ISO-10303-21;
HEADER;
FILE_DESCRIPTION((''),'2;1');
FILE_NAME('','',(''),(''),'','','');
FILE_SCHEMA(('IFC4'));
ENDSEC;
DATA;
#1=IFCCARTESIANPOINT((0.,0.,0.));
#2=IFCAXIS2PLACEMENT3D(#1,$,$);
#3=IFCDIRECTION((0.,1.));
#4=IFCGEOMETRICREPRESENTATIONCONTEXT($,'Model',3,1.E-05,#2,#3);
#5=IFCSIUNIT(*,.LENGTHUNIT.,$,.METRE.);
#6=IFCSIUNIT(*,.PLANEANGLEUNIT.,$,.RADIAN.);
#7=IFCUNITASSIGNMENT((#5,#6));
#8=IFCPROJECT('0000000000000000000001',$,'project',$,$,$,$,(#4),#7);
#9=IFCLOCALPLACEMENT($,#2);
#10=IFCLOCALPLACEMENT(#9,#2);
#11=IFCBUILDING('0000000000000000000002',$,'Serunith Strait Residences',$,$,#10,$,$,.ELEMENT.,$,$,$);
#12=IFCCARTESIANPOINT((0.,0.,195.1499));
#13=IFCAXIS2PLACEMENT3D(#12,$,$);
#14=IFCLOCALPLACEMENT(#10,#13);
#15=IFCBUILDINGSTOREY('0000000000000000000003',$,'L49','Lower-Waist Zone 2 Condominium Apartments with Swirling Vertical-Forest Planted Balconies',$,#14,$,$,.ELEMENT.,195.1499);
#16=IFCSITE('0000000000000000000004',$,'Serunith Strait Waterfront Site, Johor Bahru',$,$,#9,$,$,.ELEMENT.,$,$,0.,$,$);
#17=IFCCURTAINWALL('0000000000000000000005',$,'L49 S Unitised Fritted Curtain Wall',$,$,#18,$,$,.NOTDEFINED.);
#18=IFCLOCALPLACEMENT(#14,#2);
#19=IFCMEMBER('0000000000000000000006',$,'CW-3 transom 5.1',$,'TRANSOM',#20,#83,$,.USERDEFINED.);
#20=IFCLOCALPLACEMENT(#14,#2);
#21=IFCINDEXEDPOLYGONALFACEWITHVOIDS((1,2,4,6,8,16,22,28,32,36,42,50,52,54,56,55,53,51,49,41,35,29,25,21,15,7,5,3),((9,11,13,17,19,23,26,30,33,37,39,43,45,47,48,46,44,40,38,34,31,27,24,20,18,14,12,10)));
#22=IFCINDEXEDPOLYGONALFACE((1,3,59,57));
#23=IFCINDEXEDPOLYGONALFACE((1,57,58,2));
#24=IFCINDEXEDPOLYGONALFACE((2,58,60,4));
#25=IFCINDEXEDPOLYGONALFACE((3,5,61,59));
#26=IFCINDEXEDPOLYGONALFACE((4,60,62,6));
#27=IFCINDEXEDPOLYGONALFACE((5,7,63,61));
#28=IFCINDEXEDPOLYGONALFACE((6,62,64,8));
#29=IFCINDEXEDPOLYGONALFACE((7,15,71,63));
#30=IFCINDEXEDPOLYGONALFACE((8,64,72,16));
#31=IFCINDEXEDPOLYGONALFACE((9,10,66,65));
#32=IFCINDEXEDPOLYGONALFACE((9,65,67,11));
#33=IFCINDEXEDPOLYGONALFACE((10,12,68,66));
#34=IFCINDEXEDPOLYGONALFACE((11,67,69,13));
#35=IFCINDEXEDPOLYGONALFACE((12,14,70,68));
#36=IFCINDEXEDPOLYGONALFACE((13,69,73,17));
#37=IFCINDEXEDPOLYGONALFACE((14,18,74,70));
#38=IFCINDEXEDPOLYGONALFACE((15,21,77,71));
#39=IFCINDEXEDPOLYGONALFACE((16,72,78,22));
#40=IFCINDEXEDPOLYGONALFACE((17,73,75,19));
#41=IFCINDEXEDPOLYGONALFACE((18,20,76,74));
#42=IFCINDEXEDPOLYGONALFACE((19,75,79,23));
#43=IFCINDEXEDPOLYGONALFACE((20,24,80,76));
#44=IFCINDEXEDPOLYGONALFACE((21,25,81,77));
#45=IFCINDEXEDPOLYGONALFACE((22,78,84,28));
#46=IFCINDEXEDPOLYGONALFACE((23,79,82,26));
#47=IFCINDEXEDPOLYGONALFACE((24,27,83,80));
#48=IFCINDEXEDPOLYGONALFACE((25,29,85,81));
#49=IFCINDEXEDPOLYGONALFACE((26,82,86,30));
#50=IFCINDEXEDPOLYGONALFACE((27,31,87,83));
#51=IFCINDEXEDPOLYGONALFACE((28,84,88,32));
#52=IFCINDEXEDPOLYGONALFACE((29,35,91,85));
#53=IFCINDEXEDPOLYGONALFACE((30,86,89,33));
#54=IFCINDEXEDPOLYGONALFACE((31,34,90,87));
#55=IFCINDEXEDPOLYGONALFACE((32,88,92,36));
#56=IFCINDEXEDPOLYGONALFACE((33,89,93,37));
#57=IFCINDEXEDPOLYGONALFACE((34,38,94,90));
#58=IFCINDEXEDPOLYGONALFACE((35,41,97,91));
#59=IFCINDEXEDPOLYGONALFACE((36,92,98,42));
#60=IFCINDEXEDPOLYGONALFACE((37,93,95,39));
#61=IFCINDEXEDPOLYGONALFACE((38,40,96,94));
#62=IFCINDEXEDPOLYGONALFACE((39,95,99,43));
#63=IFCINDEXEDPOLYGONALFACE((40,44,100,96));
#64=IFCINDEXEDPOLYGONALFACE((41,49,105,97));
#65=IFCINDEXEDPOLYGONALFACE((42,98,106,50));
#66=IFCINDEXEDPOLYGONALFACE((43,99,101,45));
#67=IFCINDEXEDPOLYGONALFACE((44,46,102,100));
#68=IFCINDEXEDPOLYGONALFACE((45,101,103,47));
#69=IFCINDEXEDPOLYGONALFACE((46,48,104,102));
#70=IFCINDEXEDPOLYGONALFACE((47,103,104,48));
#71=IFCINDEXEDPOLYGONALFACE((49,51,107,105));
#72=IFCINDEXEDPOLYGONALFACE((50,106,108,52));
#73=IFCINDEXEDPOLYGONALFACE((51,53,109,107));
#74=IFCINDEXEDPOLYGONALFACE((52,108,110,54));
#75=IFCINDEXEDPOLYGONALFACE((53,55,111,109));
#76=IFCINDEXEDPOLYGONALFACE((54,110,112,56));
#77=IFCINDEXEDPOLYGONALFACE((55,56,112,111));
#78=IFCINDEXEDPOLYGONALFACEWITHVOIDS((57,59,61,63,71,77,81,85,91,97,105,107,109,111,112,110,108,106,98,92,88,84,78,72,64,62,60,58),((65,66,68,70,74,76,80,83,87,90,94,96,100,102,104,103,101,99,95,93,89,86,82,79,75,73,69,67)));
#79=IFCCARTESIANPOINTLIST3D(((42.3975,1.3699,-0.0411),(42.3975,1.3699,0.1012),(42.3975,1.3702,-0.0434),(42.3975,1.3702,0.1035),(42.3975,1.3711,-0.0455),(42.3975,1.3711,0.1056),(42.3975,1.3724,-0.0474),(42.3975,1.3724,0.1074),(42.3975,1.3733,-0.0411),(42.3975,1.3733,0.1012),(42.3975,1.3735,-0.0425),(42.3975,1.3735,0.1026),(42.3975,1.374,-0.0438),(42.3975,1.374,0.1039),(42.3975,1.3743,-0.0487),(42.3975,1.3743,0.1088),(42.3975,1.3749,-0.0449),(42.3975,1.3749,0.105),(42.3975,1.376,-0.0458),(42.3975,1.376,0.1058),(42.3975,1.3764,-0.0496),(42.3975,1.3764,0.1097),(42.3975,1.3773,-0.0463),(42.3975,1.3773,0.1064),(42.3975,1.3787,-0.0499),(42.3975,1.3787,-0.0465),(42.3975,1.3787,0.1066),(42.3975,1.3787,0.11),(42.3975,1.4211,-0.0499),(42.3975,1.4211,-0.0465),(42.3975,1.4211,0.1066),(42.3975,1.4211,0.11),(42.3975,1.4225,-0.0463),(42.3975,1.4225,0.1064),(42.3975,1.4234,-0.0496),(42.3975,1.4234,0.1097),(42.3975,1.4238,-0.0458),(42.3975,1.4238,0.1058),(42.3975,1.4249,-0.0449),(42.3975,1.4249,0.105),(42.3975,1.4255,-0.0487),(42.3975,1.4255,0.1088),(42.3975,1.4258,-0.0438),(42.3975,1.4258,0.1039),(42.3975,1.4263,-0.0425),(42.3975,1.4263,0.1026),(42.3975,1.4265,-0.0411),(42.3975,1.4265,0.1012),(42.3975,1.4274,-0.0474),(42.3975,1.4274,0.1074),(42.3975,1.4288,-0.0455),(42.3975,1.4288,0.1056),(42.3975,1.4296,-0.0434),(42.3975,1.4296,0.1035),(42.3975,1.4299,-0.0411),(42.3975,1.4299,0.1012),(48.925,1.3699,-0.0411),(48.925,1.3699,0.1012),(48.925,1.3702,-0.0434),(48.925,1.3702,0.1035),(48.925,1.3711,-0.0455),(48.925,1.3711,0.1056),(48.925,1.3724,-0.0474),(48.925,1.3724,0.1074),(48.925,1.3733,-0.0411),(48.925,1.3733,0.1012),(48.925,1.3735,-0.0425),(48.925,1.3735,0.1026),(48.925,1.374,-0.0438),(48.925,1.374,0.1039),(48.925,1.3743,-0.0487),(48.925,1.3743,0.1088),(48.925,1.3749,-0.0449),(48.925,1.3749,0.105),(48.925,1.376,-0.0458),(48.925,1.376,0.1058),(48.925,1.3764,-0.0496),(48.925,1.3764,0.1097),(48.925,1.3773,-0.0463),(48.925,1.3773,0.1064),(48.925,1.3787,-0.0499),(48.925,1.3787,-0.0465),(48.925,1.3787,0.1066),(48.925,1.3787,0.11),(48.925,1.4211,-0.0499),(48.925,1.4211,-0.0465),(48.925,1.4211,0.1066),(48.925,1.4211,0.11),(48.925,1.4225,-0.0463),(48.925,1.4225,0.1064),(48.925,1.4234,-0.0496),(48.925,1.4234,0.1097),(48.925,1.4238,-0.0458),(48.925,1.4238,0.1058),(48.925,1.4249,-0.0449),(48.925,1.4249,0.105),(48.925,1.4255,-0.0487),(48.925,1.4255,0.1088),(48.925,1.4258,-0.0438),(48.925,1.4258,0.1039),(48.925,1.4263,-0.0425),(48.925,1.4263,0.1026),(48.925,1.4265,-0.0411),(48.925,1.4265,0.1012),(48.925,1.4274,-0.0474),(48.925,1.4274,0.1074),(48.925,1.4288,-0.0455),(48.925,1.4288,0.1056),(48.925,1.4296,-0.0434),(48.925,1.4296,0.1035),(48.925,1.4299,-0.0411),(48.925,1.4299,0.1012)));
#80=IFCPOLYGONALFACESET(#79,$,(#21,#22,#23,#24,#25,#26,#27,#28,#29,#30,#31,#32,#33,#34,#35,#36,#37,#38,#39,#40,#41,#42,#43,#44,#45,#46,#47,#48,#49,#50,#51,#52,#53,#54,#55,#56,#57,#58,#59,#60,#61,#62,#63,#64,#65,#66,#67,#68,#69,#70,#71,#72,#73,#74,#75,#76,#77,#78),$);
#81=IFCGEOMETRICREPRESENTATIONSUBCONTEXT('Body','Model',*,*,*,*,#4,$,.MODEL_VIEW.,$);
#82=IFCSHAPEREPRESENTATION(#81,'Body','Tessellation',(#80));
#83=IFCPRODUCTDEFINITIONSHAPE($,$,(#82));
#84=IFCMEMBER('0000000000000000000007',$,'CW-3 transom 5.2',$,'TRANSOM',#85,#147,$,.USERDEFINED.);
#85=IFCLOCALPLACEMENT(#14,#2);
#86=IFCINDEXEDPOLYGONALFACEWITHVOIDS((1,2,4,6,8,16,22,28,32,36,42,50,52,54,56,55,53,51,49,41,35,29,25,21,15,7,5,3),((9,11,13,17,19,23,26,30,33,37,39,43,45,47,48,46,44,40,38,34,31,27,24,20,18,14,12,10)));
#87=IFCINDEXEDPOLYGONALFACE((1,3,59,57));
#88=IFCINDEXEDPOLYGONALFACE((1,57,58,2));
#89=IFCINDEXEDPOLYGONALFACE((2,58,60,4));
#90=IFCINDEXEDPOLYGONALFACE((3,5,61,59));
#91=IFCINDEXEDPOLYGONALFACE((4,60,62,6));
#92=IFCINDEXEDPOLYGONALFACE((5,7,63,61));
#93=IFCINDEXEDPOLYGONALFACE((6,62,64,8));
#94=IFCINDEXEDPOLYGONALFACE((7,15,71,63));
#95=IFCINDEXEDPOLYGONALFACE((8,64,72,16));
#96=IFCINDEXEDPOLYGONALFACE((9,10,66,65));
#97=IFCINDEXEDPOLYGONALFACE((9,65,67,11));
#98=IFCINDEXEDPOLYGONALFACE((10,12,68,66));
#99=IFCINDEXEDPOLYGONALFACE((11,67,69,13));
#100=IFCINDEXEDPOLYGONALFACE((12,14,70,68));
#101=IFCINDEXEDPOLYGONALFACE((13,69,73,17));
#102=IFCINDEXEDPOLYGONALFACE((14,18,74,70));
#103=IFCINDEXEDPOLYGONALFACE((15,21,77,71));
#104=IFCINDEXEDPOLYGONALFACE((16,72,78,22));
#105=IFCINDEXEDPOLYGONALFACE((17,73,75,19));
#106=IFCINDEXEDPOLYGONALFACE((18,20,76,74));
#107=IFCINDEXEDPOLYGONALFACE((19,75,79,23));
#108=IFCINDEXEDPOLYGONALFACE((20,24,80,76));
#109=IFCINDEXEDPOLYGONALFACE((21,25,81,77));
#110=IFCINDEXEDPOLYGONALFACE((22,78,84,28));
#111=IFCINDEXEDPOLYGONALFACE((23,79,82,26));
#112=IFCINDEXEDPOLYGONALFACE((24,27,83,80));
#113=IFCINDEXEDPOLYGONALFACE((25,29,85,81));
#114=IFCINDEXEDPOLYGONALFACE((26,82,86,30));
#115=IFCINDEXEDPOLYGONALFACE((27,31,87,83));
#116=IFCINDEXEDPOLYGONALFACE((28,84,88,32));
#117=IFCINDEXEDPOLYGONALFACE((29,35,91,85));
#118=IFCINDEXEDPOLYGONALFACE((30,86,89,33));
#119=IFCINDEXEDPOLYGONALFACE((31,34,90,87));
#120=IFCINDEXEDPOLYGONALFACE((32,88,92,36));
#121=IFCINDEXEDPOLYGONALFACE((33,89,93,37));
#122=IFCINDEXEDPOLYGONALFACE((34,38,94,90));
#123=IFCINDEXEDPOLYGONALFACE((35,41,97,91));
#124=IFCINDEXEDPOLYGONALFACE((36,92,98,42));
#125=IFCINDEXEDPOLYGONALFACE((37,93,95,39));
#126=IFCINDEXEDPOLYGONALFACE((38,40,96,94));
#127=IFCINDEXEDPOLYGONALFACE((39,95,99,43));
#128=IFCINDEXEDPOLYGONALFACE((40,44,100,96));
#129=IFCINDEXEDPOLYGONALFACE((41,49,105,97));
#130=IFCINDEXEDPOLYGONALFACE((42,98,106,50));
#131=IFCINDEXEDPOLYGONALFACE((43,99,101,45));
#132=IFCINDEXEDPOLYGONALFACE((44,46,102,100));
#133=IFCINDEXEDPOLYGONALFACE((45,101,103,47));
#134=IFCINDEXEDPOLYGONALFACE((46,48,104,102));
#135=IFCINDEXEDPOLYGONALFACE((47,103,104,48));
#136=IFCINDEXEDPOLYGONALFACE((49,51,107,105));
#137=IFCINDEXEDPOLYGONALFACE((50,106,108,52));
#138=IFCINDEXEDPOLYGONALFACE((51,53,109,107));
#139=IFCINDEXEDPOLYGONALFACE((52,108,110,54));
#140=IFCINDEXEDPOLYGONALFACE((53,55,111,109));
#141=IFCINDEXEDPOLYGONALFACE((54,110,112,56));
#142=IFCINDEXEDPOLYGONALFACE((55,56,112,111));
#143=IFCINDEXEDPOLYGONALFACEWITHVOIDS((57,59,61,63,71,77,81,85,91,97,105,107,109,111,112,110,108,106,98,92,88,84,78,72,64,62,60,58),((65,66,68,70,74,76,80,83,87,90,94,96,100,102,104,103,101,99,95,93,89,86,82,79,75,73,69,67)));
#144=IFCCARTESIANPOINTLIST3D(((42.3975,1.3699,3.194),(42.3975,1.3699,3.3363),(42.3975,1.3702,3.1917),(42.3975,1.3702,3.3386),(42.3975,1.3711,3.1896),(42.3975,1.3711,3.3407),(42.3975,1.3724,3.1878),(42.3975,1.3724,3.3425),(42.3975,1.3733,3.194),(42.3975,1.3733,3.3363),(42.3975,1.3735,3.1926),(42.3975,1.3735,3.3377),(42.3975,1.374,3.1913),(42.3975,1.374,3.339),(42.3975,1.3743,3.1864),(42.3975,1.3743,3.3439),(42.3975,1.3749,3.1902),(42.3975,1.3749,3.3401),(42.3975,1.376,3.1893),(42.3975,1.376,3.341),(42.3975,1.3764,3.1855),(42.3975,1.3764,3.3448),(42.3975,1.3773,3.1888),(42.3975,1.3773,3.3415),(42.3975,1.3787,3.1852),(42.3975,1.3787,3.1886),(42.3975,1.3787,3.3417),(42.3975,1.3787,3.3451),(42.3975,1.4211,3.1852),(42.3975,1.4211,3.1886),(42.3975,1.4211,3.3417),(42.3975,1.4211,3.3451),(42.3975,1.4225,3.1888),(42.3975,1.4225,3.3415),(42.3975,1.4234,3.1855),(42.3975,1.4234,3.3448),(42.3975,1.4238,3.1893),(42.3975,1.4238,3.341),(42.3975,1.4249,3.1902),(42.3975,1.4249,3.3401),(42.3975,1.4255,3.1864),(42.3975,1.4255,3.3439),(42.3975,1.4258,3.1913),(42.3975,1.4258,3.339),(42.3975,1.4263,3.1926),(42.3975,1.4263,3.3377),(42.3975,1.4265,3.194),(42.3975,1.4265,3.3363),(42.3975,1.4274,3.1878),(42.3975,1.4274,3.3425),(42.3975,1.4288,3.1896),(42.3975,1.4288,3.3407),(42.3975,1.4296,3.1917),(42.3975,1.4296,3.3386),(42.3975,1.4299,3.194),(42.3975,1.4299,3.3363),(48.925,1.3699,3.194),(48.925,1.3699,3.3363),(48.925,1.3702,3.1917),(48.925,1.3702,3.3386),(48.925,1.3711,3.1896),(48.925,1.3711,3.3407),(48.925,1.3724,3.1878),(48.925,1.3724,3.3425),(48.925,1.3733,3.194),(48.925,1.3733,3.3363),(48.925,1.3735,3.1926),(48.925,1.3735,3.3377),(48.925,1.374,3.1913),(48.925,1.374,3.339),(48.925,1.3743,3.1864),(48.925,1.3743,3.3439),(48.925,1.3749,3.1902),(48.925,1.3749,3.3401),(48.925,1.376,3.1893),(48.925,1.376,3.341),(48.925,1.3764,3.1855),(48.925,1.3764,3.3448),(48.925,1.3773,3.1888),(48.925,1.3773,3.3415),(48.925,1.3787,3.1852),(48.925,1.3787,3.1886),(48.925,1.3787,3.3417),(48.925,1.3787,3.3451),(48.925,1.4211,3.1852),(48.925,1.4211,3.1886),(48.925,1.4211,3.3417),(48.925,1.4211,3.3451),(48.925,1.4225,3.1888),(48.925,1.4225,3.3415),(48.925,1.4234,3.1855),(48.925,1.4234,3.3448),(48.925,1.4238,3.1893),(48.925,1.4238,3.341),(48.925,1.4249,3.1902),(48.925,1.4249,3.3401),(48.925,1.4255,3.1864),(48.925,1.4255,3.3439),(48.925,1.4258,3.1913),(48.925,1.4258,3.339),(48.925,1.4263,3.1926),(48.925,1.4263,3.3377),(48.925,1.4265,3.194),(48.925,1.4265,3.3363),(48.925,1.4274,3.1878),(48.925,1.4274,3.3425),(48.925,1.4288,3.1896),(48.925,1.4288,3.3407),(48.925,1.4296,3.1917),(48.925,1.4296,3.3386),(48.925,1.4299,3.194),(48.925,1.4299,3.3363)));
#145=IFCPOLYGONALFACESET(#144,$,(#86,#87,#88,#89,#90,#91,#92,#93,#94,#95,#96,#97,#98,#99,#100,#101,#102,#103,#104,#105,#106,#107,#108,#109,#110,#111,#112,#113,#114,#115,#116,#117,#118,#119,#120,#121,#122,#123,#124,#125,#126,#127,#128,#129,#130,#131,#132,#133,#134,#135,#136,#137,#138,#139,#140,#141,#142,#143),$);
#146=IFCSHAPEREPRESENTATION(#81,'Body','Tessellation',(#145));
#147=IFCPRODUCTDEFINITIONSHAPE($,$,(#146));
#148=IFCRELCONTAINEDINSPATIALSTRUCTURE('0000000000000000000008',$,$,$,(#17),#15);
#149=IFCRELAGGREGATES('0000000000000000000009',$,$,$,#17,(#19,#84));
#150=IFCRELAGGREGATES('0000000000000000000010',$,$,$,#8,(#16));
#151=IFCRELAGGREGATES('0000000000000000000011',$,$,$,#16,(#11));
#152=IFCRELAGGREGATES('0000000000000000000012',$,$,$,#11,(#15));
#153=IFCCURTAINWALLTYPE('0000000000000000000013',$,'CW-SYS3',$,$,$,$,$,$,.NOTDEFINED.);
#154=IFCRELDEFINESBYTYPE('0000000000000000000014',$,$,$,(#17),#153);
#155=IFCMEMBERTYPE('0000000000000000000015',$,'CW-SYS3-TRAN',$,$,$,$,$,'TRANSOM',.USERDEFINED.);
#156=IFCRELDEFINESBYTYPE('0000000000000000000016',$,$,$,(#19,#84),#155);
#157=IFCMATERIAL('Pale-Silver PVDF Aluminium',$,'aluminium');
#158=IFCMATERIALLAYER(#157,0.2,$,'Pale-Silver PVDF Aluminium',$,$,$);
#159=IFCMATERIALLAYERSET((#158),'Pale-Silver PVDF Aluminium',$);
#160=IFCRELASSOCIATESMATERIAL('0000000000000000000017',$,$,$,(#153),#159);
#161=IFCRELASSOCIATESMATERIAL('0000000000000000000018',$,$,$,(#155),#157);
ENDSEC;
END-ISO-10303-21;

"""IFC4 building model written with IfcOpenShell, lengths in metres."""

from ifc_helpers import new_model, si_unit, direction, frame, origin, origin_2d, place, context, subcontext, project, spatial, hollow_rectangle, extrude, source, transform, mapped, material, layer, layer_set, material_profile, profile_set, type_object, element, aggregate, save


model = new_model("IFC4")

# Units and contexts
model_context = context("Model", 3, precision=1e-05, world=origin(), true_north=direction((0.0, 1.0)))
body_context = subcontext(model_context, "Body", "Model", "MODEL_VIEW")
ifc_project = project(units=[si_unit("LENGTHUNIT", "METRE"), si_unit("PLANEANGLEUNIT", "RADIAN")], contexts=[model_context])

# Site, building, storey
site_placement = place(None, origin())
site = spatial("IfcSite", under=ifc_project, at=site_placement, Name="Serunith Strait Waterfront Site, Johor Bahru", CompositionType="ELEMENT", RefElevation=0.0)
building_placement = place(site_placement, origin())
building = spatial("IfcBuilding", under=site, at=building_placement, Name="Serunith Strait Residences", CompositionType="ELEMENT")
storey_placement = place(building_placement, frame((0.0, 0.0, 195.1499)))
storey = spatial("IfcBuildingStorey", under=building, at=storey_placement, Name="L49", Description="Lower-Waist Zone 2 Condominium Apartments with Swirling Vertical-Forest Planted Balconies", CompositionType="ELEMENT", Elevation=195.1499)

# Curtain wall, members
ifc_material_1 = material(Name="Pale-Silver PVDF Aluminium", Category="aluminium")
ifc_layer_1 = layer(ifc_material_1, 0.2, Name="Pale-Silver PVDF Aluminium")
ifc_layer_set_1 = layer_set([ifc_layer_1], Name="Pale-Silver PVDF Aluminium")
curtain_wall_type = type_object("IfcCurtainWallType", Name="CW-SYS3", PredefinedType="NOTDEFINED", material=ifc_layer_set_1)
curtain_wall_placement = place(storey_placement, origin())
curtain_wall = element("IfcCurtainWall", 1, at=curtain_wall_placement, inside=storey, type_object=curtain_wall_type, Name="L49 S Unitised Fritted Curtain Wall", PredefinedType="NOTDEFINED")
ifc_material_profile_1 = material_profile(ifc_material_1, hollow_rectangle(XDim=0.0601, YDim=0.1599, WallThickness=0.0034, InnerFilletRadius=0.0054, OuterFilletRadius=0.0088, at=origin_2d()), Name="ALU 160x60x3.5")
ifc_profile_set_1 = profile_set([ifc_material_profile_1], Name="Pale-Silver PVDF Aluminium")
member_type_1 = type_object("IfcMemberType", Name="CW-SYS3-TRAN", ElementType="TRANSOM", PredefinedType="USERDEFINED", material=ifc_profile_set_1)
shared_shape_1 = source(origin(), body_context, "Body", "SweptSolid", [
    extrude(hollow_rectangle(XDim=0.0601, YDim=0.1599, WallThickness=0.0034, InnerFilletRadius=0.0054, OuterFilletRadius=0.0088, at=origin_2d()), origin(), (0.0, 0.0, 1.0), 6.5276),
])
member_1_placement = place(storey_placement, frame((42.3975, 1.3999, 0.03), z_axis=(1.0, 0.0, 0.0), x_axis=(0.0, 1.0, 0.0)))
member_1 = element("IfcMember", 2, at=member_1_placement, type_object=member_type_1, Name="CW-3 transom 5.1", ObjectType="TRANSOM", PredefinedType="USERDEFINED", context=body_context, shape_type="MappedRepresentation", body=[
    mapped(shared_shape_1, transform((0.0, 0.0, 0.0), scale=1.0)),
])
member_2_placement = place(storey_placement, frame((42.3975, 1.3999, 3.2651), z_axis=(1.0, 0.0, 0.0), x_axis=(0.0, 1.0, 0.0)))
member_2 = element("IfcMember", 3, at=member_2_placement, type_object=member_type_1, Name="CW-3 transom 5.2", ObjectType="TRANSOM", PredefinedType="USERDEFINED", context=body_context, shape_type="MappedRepresentation", body=[
    mapped(shared_shape_1, transform((0.0, 0.0, 0.0), scale=1.0)),
])
aggregate(curtain_wall, [member_1, member_2])

save(model, "model.ifc")
